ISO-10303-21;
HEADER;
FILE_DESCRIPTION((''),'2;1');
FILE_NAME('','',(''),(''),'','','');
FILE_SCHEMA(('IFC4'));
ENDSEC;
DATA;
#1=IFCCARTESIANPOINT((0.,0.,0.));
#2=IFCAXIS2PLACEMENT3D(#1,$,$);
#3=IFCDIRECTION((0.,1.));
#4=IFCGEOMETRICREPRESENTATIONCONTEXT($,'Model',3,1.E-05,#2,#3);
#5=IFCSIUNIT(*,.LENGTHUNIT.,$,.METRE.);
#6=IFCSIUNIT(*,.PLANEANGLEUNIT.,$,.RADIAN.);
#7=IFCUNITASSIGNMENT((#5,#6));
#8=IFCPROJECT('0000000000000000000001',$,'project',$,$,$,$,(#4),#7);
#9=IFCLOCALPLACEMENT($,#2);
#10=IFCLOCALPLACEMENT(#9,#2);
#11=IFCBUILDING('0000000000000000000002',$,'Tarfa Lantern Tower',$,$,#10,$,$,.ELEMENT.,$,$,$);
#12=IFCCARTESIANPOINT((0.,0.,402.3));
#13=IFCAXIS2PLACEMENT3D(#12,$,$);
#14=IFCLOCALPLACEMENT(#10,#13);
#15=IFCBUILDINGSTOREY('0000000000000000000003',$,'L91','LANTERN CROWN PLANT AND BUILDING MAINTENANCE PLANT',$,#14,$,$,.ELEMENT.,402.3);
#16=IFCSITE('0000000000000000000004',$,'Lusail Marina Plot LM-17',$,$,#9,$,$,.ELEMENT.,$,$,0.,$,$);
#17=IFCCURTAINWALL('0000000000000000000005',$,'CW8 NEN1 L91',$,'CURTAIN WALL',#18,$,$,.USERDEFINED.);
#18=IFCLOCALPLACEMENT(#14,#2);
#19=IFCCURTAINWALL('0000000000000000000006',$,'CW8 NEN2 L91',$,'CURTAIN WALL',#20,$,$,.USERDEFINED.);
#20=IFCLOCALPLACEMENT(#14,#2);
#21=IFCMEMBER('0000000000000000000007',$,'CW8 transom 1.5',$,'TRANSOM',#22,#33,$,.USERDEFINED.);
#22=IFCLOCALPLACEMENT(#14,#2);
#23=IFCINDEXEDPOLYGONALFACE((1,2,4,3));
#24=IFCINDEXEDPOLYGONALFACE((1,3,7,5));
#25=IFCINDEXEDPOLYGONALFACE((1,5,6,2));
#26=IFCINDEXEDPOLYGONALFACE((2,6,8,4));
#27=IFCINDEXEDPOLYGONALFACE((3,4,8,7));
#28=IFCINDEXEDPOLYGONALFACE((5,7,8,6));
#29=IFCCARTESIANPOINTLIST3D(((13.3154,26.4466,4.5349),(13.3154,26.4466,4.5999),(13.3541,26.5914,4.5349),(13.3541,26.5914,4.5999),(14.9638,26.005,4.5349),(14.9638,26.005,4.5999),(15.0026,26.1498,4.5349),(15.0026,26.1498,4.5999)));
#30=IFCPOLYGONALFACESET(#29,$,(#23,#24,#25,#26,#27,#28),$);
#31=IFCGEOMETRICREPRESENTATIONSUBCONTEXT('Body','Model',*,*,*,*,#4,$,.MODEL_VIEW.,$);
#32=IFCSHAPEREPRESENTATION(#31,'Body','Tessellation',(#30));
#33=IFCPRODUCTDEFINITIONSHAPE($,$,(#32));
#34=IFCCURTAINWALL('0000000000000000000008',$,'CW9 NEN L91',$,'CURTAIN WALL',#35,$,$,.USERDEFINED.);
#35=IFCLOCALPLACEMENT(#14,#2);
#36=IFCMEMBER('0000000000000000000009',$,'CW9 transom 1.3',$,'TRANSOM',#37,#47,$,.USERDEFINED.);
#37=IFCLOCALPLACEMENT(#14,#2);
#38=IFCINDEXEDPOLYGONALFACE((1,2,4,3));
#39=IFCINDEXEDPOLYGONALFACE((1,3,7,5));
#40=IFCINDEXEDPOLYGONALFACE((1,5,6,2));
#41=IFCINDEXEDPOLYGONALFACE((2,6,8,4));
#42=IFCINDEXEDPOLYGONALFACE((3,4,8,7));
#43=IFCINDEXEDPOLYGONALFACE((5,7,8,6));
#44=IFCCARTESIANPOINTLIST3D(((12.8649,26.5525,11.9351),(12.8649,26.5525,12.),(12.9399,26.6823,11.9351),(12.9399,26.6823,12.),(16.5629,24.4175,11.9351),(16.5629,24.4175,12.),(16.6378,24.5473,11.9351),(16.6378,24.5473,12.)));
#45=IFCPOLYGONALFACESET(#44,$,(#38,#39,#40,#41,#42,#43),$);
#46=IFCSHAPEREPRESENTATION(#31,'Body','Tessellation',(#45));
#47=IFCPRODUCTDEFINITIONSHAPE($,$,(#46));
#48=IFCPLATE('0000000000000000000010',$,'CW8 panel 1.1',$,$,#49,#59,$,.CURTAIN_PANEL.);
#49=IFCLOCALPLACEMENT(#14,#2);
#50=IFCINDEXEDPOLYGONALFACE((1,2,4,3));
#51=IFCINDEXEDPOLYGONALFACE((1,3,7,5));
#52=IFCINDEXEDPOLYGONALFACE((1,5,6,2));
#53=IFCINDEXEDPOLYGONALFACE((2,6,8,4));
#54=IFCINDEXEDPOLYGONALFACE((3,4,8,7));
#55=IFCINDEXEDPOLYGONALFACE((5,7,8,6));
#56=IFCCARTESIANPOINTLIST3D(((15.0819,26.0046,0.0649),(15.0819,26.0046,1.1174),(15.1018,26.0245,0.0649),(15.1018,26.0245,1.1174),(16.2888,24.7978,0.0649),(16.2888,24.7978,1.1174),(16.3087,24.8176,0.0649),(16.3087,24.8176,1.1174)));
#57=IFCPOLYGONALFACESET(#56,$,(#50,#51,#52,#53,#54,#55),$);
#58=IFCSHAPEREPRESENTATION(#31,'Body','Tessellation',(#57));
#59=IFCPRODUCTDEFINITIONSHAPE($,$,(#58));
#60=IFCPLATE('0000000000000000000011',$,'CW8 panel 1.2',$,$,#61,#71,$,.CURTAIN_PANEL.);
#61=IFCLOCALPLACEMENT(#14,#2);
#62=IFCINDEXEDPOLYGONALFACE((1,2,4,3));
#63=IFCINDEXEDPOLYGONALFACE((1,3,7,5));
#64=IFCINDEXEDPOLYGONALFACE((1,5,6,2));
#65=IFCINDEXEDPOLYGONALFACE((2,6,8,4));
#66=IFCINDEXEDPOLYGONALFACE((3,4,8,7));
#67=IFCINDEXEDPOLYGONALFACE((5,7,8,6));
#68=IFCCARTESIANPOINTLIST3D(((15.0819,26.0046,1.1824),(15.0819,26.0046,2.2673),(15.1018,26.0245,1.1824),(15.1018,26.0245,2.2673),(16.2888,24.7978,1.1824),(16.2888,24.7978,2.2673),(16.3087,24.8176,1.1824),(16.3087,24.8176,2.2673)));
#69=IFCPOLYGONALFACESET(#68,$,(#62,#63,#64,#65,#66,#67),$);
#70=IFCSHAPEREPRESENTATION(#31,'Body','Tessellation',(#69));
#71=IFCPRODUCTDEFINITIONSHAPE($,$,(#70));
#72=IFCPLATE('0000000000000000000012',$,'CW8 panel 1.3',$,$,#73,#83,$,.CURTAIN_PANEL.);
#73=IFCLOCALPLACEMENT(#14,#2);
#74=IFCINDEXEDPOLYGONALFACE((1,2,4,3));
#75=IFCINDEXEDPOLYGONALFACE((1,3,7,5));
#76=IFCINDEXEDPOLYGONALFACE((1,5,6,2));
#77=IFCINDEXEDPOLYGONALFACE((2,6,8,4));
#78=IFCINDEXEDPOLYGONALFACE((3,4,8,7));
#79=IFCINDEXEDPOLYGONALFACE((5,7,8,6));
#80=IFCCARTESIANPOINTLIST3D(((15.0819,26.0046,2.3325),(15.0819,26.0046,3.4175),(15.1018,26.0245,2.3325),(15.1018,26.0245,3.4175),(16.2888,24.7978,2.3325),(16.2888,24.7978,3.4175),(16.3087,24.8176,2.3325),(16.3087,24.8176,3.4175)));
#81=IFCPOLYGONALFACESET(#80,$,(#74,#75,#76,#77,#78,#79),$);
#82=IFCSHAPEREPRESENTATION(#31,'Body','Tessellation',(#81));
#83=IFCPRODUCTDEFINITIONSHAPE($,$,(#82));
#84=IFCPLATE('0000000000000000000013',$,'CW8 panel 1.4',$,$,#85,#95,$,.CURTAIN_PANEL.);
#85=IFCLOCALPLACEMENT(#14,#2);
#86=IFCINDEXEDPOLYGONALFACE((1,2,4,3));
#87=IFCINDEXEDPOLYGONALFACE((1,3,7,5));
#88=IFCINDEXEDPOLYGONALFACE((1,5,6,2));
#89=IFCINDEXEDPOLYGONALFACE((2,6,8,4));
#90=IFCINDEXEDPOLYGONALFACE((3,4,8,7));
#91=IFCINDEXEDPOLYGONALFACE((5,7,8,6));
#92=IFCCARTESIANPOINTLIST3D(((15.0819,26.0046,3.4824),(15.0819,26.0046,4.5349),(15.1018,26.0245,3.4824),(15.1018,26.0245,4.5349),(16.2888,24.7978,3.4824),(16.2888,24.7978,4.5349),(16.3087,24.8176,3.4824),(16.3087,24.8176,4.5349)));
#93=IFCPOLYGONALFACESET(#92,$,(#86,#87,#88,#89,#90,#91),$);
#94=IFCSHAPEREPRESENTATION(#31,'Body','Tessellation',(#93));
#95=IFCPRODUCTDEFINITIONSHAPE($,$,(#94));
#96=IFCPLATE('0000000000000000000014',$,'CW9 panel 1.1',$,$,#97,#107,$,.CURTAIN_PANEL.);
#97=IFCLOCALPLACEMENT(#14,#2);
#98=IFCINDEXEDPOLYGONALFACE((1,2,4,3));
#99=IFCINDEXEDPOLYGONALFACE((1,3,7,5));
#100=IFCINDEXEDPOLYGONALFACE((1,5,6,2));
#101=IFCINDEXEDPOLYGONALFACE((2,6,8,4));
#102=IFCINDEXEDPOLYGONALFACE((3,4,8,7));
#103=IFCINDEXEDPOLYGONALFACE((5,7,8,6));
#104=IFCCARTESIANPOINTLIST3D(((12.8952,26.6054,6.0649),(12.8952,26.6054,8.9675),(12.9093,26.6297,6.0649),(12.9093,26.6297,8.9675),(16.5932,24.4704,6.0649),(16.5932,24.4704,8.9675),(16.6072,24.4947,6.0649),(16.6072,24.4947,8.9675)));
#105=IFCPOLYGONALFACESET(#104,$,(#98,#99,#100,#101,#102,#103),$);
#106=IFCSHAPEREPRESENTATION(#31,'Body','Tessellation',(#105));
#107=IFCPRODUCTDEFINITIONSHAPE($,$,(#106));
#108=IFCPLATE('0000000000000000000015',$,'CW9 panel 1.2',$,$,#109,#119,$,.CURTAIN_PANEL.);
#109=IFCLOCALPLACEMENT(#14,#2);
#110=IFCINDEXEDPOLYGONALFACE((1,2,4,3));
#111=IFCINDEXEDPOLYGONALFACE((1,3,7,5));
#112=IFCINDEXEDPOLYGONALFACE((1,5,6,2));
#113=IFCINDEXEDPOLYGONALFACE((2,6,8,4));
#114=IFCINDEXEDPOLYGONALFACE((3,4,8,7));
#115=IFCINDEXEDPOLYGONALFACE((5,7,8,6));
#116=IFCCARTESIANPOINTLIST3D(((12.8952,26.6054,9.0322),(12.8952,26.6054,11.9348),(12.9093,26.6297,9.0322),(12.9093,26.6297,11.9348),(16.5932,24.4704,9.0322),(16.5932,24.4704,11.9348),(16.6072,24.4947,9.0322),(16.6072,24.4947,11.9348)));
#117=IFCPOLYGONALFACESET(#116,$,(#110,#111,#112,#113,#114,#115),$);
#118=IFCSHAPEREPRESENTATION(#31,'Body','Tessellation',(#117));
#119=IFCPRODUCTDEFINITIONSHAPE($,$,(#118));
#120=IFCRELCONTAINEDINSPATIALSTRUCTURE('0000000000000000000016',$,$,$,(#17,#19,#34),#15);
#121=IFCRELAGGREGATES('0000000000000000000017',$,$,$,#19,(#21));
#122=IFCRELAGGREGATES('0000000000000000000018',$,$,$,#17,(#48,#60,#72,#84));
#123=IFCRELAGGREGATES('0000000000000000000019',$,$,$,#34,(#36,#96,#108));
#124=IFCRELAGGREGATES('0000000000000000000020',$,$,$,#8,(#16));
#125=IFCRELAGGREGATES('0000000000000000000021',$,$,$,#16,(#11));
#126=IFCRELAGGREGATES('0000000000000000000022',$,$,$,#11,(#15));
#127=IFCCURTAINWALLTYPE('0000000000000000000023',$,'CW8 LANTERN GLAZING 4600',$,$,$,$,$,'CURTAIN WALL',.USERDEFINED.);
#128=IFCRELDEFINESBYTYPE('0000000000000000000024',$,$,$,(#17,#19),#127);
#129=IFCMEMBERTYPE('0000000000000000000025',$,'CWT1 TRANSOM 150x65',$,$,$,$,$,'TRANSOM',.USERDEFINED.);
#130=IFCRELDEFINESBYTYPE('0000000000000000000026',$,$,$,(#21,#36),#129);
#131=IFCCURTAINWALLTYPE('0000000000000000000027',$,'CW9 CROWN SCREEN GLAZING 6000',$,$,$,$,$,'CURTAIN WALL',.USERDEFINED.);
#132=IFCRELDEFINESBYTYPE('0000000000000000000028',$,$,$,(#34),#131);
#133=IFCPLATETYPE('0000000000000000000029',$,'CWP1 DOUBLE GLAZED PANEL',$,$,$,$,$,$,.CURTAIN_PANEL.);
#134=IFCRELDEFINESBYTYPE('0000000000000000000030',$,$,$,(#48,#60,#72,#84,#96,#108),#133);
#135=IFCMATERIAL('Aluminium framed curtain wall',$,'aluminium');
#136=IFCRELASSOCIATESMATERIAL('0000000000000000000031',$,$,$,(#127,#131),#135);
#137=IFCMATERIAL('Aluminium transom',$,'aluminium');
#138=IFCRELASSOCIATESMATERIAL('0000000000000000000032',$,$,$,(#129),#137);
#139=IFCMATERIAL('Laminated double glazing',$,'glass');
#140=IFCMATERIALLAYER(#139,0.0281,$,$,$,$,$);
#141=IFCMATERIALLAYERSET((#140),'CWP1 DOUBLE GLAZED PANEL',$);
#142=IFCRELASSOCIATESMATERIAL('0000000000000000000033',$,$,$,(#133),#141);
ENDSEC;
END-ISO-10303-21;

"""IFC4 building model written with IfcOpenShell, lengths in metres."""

from ifc_helpers import new_model, si_unit, direction, frame, origin, origin_2d, place, context, subcontext, project, spatial, rectangle, extrude, material, layer, layer_set, material_profile, profile_set, type_object, element, aggregate, save


model = new_model("IFC4")

# Units and contexts
model_context = context("Model", 3, precision=1e-05, world=origin(), true_north=direction((0.0, 1.0)))
body_context = subcontext(model_context, "Body", "Model", "MODEL_VIEW")
ifc_project = project(units=[si_unit("LENGTHUNIT", "METRE"), si_unit("PLANEANGLEUNIT", "RADIAN")], contexts=[model_context])

# Site, building, storey
site_placement = place(None, origin())
site = spatial("IfcSite", under=ifc_project, at=site_placement, Name="Lusail Marina Plot LM-17", CompositionType="ELEMENT", RefElevation=0.0)
building_placement = place(site_placement, origin())
building = spatial("IfcBuilding", under=site, at=building_placement, Name="Tarfa Lantern Tower", CompositionType="ELEMENT")
storey_placement = place(building_placement, frame((0.0, 0.0, 402.3)))
storey = spatial("IfcBuildingStorey", under=building, at=storey_placement, Name="L91", Description="LANTERN CROWN PLANT AND BUILDING MAINTENANCE PLANT", CompositionType="ELEMENT", Elevation=402.3)

# Curtain wall
ifc_material_1 = material(Name="Aluminium framed curtain wall", Category="aluminium")
curtain_wall_type_1 = type_object("IfcCurtainWallType", Name="CW8 LANTERN GLAZING 4600", ElementType="CURTAIN WALL", PredefinedType="USERDEFINED", material=ifc_material_1)
curtain_wall_1_placement = place(storey_placement, origin())
curtain_wall_1 = element("IfcCurtainWall", 1, at=curtain_wall_1_placement, inside=storey, type_object=curtain_wall_type_1, Name="CW8 NEN1 L91", ObjectType="CURTAIN WALL", PredefinedType="USERDEFINED")

# Curtain wall
curtain_wall_2_placement = place(storey_placement, origin())
curtain_wall_2 = element("IfcCurtainWall", 2, at=curtain_wall_2_placement, inside=storey, type_object=curtain_wall_type_1, Name="CW8 NEN2 L91", ObjectType="CURTAIN WALL", PredefinedType="USERDEFINED")

# Member
ifc_material_2 = material(Name="Aluminium transom", Category="aluminium")
ifc_material_profile_1 = material_profile(ifc_material_2, rectangle(XDim=0.1499, YDim=0.0649, at=origin_2d()), Name="AL TRANSOM 150x65")
ifc_profile_set_1 = profile_set([ifc_material_profile_1], Name="Aluminium transom")
member_type_1 = type_object("IfcMemberType", Name="CWT1 TRANSOM 150x65", ElementType="TRANSOM", PredefinedType="USERDEFINED", material=ifc_profile_set_1)
member_1_placement = place(storey_placement, frame((14.9832, 26.0774, 4.5674), z_axis=(-0.965933, 0.258793, 0.0), x_axis=(-0.258793, -0.965933, 0.0)))
member_1 = element("IfcMember", 3, at=member_1_placement, type_object=member_type_1, Name="CW8 transom 1.5", ObjectType="TRANSOM", PredefinedType="USERDEFINED", context=body_context, shape_type="SweptSolid", body=[
    extrude(rectangle(XDim=0.1499, YDim=0.0649, at=origin_2d()), origin(), (0.0, 0.0, 1.0), 1.7065),
])
aggregate(curtain_wall_2, [member_1])

# Curtain wall, member
curtain_wall_type_2 = type_object("IfcCurtainWallType", Name="CW9 CROWN SCREEN GLAZING 6000", ElementType="CURTAIN WALL", PredefinedType="USERDEFINED", material=ifc_material_1)
curtain_wall_3_placement = place(storey_placement, origin())
curtain_wall_3 = element("IfcCurtainWall", 4, at=curtain_wall_3_placement, inside=storey, type_object=curtain_wall_type_2, Name="CW9 NEN L91", ObjectType="CURTAIN WALL", PredefinedType="USERDEFINED")
member_2_placement = place(storey_placement, frame((16.6003, 24.4824, 11.9675), z_axis=(-0.866028, 0.499995, 0.0), x_axis=(-0.499995, -0.866028, 0.0)))
member_2 = element("IfcMember", 5, at=member_2_placement, type_object=member_type_1, Name="CW9 transom 1.3", ObjectType="TRANSOM", PredefinedType="USERDEFINED", context=body_context, shape_type="SweptSolid", body=[
    extrude(rectangle(XDim=0.1499, YDim=0.0649, at=origin_2d()), origin(), (0.0, 0.0, 1.0), 4.27),
])

# Plates
ifc_material_3 = material(Name="Laminated double glazing", Category="glass")
ifc_layer = layer(ifc_material_3, 0.0281)
ifc_layer_set = layer_set([ifc_layer], Name="CWP1 DOUBLE GLAZED PANEL")
plate_type = type_object("IfcPlateType", Name="CWP1 DOUBLE GLAZED PANEL", PredefinedType="CURTAIN_PANEL", material=ifc_layer_set)
plate_1_placement = place(storey_placement, frame((15.6953, 25.4111, 0.0649), z_axis=(0.0, 0.0, 1.0), x_axis=(-0.707107, 0.707107, 0.0)))
plate_1 = element("IfcPlate", 6, at=plate_1_placement, type_object=plate_type, Name="CW8 panel 1.1", PredefinedType="CURTAIN_PANEL", context=body_context, shape_type="SweptSolid", body=[
    extrude(rectangle(XDim=1.7068, YDim=0.0281, at=origin_2d()), origin(), (0.0, 0.0, 1.0), 1.0525),
])
plate_2_placement = place(storey_placement, frame((15.6953, 25.4111, 1.1824), z_axis=(0.0, 0.0, 1.0), x_axis=(-0.707107, 0.707107, 0.0)))
plate_2 = element("IfcPlate", 7, at=plate_2_placement, type_object=plate_type, Name="CW8 panel 1.2", PredefinedType="CURTAIN_PANEL", context=body_context, shape_type="SweptSolid", body=[
    extrude(rectangle(XDim=1.7068, YDim=0.0281, at=origin_2d()), origin(), (0.0, 0.0, 1.0), 1.085),
])
plate_3_placement = place(storey_placement, frame((15.6953, 25.4111, 2.3325), z_axis=(0.0, 0.0, 1.0), x_axis=(-0.707107, 0.707107, 0.0)))
plate_3 = element("IfcPlate", 8, at=plate_3_placement, type_object=plate_type, Name="CW8 panel 1.3", PredefinedType="CURTAIN_PANEL", context=body_context, shape_type="SweptSolid", body=[
    extrude(rectangle(XDim=1.7068, YDim=0.0281, at=origin_2d()), origin(), (0.0, 0.0, 1.0), 1.085),
])
plate_4_placement = place(storey_placement, frame((15.6953, 25.4111, 3.4824), z_axis=(0.0, 0.0, 1.0), x_axis=(-0.707107, 0.707107, 0.0)))
plate_4 = element("IfcPlate", 9, at=plate_4_placement, type_object=plate_type, Name="CW8 panel 1.4", PredefinedType="CURTAIN_PANEL", context=body_context, shape_type="SweptSolid", body=[
    extrude(rectangle(XDim=1.7068, YDim=0.0281, at=origin_2d()), origin(), (0.0, 0.0, 1.0), 1.0525),
])
aggregate(curtain_wall_1, [plate_1, plate_2, plate_3, plate_4])
plate_5_placement = place(storey_placement, frame((14.7512, 25.55, 6.0649), z_axis=(0.0, 0.0, 1.0), x_axis=(-0.866025, 0.5, 0.0)))
plate_5 = element("IfcPlate", 10, at=plate_5_placement, type_object=plate_type, Name="CW9 panel 1.1", PredefinedType="CURTAIN_PANEL", context=body_context, shape_type="SweptSolid", body=[
    extrude(rectangle(XDim=4.27, YDim=0.0281, at=origin_2d()), origin(), (0.0, 0.0, 1.0), 2.9026),
])
plate_6_placement = place(storey_placement, frame((14.7512, 25.55, 9.0322), z_axis=(0.0, 0.0, 1.0), x_axis=(-0.866025, 0.5, 0.0)))
plate_6 = element("IfcPlate", 11, at=plate_6_placement, type_object=plate_type, Name="CW9 panel 1.2", PredefinedType="CURTAIN_PANEL", context=body_context, shape_type="SweptSolid", body=[
    extrude(rectangle(XDim=4.27, YDim=0.0281, at=origin_2d()), origin(), (0.0, 0.0, 1.0), 2.9026),
])
aggregate(curtain_wall_3, [member_2, plate_5, plate_6])

save(model, "model.ifc")
